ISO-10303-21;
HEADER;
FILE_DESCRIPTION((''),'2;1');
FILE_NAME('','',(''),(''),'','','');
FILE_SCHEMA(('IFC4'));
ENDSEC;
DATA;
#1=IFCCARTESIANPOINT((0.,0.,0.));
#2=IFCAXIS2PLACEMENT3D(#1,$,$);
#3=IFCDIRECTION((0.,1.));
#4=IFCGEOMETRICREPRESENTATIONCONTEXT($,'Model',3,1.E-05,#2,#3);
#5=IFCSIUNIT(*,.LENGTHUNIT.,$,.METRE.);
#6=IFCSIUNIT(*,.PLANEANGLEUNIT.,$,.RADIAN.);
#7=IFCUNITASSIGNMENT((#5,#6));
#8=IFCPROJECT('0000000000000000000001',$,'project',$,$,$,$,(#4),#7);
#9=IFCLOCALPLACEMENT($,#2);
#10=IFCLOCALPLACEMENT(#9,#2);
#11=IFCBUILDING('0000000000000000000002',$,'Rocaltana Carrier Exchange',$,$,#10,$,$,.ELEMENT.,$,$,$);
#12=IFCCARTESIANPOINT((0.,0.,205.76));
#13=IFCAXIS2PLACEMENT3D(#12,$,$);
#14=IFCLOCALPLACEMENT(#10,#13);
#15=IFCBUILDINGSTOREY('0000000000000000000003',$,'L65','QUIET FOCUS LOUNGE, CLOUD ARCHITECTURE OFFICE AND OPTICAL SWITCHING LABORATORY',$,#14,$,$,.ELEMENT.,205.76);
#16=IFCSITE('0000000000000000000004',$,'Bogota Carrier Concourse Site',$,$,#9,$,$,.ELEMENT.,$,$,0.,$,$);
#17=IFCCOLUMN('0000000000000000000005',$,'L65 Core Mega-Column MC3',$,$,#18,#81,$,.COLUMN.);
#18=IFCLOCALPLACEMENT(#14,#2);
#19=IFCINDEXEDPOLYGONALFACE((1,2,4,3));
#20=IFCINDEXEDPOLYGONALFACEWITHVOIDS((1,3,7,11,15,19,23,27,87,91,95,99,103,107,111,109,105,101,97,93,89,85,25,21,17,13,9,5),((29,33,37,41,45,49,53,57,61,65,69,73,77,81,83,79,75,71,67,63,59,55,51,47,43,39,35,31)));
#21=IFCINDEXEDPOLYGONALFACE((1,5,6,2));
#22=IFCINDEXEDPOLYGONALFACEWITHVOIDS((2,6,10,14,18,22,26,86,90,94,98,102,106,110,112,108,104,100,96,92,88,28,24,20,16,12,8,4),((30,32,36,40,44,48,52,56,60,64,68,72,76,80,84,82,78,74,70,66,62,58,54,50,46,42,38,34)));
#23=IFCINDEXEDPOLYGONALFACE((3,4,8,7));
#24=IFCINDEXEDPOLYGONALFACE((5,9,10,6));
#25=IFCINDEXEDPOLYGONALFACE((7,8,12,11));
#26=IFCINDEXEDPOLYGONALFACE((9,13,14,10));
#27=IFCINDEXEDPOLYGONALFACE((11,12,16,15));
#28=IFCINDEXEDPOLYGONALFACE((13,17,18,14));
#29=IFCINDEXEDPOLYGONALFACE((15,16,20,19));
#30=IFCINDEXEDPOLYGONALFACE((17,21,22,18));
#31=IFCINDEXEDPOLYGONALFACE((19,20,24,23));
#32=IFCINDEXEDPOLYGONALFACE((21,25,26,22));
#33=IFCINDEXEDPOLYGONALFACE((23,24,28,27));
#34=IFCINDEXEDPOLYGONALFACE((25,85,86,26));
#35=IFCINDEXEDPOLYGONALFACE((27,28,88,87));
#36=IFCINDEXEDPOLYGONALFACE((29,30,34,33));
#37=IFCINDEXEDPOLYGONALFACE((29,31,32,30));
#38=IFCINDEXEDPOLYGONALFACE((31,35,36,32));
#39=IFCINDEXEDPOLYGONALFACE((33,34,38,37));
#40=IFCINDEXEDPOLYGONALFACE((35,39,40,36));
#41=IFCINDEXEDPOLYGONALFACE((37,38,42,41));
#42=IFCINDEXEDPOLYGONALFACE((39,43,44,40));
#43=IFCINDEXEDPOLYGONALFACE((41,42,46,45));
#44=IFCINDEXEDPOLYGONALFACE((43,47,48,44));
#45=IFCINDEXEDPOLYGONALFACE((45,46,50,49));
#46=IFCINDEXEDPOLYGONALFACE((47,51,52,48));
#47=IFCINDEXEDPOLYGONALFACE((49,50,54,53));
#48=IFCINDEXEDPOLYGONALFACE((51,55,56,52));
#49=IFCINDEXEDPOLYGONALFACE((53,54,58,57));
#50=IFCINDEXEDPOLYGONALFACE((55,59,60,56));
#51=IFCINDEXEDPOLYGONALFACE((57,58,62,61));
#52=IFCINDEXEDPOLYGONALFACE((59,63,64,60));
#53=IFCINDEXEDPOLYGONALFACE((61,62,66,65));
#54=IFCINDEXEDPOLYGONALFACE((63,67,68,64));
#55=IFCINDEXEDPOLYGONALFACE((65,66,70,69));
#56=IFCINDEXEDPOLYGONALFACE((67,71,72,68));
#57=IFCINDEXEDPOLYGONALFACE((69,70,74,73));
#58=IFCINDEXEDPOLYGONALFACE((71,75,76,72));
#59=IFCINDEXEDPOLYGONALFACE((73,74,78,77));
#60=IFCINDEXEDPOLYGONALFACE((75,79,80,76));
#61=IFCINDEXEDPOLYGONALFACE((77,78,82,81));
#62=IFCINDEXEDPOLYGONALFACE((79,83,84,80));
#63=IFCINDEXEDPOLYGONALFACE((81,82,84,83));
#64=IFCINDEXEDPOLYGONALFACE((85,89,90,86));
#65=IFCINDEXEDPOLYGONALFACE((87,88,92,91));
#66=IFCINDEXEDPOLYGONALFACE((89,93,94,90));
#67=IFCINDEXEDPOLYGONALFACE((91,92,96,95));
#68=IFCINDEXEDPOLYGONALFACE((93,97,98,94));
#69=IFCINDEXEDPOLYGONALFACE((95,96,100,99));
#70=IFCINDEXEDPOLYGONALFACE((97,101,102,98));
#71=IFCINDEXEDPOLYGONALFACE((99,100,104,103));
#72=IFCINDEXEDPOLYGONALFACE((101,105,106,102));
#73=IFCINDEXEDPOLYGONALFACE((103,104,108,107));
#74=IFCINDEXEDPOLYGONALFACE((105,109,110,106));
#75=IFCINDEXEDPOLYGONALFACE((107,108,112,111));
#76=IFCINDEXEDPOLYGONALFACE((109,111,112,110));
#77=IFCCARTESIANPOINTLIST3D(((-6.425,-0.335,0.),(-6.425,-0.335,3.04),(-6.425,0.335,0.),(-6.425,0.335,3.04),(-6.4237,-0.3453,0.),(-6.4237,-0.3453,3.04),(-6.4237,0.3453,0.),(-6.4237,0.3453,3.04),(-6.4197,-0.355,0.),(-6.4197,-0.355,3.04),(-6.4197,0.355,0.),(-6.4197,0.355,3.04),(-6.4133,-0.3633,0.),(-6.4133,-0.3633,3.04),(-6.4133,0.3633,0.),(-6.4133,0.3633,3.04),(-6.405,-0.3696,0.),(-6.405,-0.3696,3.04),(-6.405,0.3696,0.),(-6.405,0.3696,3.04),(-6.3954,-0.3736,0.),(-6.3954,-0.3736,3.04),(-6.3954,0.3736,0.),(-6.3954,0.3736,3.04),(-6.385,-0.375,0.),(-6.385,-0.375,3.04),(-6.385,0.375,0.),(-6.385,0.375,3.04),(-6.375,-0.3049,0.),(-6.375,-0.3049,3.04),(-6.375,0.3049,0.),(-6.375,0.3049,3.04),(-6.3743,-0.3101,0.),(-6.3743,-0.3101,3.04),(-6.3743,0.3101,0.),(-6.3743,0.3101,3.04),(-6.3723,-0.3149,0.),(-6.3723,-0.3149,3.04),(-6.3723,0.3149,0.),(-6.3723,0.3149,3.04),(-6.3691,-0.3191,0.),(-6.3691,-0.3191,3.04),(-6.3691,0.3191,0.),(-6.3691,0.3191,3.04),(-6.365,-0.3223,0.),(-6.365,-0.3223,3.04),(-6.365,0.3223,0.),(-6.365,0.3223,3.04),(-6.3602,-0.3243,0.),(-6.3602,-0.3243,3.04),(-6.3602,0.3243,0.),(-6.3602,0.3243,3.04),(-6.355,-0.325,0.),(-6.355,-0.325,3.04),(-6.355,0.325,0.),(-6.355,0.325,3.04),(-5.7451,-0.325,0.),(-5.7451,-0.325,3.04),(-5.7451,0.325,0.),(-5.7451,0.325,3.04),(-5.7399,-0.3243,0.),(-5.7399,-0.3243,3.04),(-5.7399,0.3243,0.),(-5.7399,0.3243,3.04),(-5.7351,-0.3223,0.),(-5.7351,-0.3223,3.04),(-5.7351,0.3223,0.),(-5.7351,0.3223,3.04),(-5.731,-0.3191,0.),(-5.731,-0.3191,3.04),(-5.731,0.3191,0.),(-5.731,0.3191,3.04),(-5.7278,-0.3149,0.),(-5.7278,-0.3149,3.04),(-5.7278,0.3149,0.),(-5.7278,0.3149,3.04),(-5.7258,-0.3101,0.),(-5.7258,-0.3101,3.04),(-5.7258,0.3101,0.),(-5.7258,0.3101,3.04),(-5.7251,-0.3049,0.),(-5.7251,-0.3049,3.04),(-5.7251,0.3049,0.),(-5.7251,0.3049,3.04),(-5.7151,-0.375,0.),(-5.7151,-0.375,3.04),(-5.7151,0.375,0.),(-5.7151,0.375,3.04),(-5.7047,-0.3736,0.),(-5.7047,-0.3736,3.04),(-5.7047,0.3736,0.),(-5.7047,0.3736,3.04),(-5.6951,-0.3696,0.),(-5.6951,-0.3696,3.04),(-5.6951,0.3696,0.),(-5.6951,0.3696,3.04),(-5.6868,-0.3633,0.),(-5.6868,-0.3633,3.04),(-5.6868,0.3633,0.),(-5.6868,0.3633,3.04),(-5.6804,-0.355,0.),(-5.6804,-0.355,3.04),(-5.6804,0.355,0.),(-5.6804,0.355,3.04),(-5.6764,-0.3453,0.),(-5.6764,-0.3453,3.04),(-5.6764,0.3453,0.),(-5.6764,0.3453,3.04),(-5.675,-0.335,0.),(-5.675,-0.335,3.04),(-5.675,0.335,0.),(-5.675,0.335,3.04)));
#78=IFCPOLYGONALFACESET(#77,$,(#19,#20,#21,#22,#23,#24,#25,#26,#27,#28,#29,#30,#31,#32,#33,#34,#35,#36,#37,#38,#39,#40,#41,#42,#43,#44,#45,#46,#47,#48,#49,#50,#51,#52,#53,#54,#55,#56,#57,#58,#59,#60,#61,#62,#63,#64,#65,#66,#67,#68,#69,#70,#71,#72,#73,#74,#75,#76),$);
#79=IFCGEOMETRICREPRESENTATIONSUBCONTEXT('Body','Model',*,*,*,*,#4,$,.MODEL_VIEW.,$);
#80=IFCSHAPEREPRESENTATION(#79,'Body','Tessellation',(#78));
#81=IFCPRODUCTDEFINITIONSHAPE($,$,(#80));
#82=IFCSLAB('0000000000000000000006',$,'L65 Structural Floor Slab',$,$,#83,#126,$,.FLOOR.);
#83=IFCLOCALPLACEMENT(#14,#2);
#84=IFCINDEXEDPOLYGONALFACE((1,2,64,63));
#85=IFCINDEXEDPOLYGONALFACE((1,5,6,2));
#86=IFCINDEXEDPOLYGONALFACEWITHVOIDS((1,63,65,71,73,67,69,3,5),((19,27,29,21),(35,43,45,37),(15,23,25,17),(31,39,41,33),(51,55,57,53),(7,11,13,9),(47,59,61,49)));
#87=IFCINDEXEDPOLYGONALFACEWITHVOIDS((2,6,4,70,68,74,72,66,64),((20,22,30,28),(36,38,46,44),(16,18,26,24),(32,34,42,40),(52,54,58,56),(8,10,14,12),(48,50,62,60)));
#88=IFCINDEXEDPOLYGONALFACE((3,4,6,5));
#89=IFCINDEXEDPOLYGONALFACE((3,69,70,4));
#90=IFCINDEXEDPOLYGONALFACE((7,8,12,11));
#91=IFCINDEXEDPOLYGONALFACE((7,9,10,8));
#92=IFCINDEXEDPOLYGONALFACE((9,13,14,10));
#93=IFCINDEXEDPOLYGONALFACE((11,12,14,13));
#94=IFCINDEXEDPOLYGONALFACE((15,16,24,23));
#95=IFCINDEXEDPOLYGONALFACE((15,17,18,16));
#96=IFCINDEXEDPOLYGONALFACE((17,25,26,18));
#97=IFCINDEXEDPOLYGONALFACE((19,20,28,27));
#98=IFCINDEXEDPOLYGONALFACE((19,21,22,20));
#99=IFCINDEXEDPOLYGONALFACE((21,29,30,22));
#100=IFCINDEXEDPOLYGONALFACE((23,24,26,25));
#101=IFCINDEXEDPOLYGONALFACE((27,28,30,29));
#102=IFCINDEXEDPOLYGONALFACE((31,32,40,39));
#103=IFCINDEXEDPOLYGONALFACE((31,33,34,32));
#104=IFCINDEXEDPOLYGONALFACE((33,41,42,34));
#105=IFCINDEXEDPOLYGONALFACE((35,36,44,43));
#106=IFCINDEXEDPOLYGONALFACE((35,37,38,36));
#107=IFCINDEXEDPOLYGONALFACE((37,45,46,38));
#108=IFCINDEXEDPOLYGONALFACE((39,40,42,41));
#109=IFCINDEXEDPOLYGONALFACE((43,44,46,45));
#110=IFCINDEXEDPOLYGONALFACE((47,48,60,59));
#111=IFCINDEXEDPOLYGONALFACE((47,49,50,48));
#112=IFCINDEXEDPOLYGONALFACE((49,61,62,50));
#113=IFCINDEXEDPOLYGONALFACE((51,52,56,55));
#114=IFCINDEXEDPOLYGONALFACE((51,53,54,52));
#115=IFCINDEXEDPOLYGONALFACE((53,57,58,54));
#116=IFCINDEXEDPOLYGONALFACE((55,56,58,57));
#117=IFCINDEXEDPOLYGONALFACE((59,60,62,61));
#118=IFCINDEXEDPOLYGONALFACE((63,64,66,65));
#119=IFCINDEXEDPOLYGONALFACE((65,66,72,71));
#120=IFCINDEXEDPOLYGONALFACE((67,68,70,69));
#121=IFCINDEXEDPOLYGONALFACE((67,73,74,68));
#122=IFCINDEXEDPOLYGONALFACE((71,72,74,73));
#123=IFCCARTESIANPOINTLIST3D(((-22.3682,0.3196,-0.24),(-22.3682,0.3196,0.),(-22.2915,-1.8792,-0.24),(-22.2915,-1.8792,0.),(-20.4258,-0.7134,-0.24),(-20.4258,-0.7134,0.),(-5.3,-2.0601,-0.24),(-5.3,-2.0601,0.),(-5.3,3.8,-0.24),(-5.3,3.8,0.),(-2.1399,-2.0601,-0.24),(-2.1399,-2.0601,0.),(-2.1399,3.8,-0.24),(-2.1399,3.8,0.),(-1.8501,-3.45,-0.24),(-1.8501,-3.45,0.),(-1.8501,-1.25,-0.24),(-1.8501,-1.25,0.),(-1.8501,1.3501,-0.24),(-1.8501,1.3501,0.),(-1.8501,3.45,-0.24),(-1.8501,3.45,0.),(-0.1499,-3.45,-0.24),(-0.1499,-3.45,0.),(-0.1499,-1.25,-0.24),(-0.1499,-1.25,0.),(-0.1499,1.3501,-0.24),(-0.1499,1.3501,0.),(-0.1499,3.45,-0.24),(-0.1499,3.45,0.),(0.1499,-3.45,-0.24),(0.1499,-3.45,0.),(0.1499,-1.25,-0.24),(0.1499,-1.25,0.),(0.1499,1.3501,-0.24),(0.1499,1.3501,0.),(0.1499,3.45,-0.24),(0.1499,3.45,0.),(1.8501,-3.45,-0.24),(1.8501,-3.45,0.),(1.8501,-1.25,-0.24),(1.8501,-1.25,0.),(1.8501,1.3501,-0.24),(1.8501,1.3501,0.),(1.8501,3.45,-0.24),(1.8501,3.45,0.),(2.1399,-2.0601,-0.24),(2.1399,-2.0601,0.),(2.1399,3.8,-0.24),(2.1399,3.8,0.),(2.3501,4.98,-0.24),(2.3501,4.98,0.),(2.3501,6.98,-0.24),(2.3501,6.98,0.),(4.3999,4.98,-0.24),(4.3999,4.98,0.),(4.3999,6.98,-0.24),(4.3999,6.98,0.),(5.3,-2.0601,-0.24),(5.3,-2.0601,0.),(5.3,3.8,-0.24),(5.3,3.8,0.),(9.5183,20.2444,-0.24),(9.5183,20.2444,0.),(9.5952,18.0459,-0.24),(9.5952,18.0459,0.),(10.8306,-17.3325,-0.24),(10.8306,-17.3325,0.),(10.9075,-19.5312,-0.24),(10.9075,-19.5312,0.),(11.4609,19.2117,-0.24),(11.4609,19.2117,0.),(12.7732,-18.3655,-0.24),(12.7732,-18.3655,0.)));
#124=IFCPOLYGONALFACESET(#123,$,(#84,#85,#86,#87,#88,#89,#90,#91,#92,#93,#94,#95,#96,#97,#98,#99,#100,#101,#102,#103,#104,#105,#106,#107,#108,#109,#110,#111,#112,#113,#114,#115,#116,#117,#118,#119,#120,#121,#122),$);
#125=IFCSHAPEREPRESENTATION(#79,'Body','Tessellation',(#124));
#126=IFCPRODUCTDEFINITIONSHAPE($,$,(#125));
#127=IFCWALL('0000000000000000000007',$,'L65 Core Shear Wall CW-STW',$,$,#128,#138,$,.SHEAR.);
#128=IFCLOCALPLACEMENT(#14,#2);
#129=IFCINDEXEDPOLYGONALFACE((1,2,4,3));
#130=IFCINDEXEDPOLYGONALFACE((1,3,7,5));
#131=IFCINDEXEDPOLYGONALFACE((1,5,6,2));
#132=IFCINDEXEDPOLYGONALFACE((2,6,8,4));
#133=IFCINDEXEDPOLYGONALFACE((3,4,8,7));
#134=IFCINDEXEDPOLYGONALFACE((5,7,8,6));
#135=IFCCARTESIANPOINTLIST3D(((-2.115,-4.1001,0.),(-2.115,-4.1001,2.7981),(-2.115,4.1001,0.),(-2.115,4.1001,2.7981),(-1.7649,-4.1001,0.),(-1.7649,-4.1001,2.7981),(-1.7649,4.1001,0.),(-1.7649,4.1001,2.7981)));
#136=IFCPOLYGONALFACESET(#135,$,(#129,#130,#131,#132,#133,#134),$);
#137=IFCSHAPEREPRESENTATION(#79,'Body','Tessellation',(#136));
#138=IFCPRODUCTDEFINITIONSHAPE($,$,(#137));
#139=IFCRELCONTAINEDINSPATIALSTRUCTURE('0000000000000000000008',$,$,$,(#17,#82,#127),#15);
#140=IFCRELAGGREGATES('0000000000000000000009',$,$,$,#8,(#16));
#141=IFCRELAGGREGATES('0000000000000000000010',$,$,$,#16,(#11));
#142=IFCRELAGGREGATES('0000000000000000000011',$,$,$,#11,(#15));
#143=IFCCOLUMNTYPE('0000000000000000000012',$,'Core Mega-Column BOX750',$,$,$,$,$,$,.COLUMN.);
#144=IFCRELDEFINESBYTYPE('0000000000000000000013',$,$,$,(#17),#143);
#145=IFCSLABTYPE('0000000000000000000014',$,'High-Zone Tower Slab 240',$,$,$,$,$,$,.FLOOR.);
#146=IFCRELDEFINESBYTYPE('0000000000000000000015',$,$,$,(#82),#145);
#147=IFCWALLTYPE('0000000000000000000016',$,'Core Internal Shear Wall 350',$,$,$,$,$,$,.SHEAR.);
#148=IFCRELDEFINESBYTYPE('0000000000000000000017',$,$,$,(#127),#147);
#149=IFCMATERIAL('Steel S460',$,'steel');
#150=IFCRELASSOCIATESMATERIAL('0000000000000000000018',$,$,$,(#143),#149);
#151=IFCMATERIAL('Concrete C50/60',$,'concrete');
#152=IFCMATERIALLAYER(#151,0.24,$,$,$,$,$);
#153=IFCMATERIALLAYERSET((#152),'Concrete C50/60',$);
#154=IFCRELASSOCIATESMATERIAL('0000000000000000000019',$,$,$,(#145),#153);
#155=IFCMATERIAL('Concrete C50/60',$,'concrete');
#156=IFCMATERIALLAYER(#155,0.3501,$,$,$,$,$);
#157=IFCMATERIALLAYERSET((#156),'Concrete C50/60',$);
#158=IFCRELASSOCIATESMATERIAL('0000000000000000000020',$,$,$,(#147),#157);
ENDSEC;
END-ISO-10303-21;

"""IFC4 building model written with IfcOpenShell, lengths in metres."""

from ifc_helpers import new_model, si_unit, direction, frame, frame_2d, origin, origin_2d, place, context, subcontext, project, spatial, polyline, rectangle, hollow_rectangle, outline, extrude, material, layer, layer_set, material_profile, profile_set, type_object, element, save


model = new_model("IFC4")

# Units and contexts
model_context = context("Model", 3, precision=1e-05, world=origin(), true_north=direction((0.0, 1.0)))
body_context = subcontext(model_context, "Body", "Model", "MODEL_VIEW")
ifc_project = project(units=[si_unit("LENGTHUNIT", "METRE"), si_unit("PLANEANGLEUNIT", "RADIAN")], contexts=[model_context])

# Site, building, storey
site_placement = place(None, origin())
site = spatial("IfcSite", under=ifc_project, at=site_placement, Name="Bogota Carrier Concourse Site", CompositionType="ELEMENT", RefElevation=0.0)
building_placement = place(site_placement, origin())
building = spatial("IfcBuilding", under=site, at=building_placement, Name="Rocaltana Carrier Exchange", CompositionType="ELEMENT")
storey_placement = place(building_placement, frame((0.0, 0.0, 205.76)))
storey = spatial("IfcBuildingStorey", under=building, at=storey_placement, Name="L65", Description="QUIET FOCUS LOUNGE, CLOUD ARCHITECTURE OFFICE AND OPTICAL SWITCHING LABORATORY", CompositionType="ELEMENT", Elevation=205.76)

# Column
ifc_material_1 = material(Name="Steel S460", Category="steel")
ifc_material_profile = material_profile(ifc_material_1, hollow_rectangle(XDim=0.75, YDim=0.75, WallThickness=0.05, InnerFilletRadius=0.02, OuterFilletRadius=0.04, at=origin_2d()), Name="BOX750X750X50")
ifc_profile_set = profile_set([ifc_material_profile], Name="Steel S460")
column_type = type_object("IfcColumnType", Name="Core Mega-Column BOX750", PredefinedType="COLUMN", material=ifc_profile_set)
column_placement = place(storey_placement, frame((-6.05, 0.0, 0.0), z_axis=(0.0, 0.0, 1.0), x_axis=(1.0, 0.0, 0.0)))
element("IfcColumn", 1, at=column_placement, inside=storey, type_object=column_type, Name="L65 Core Mega-Column MC3", PredefinedType="COLUMN", context=body_context, shape_type="SweptSolid", body=[
    extrude(hollow_rectangle(XDim=0.75, YDim=0.75, WallThickness=0.05, InnerFilletRadius=0.02, OuterFilletRadius=0.04, at=origin_2d()), origin(), (0.0, 0.0, 1.0), 3.04),
])

# Slab
ifc_material_2 = material(Name="Concrete C50/60", Category="concrete")
ifc_layer_1 = layer(ifc_material_2, 0.24)
ifc_layer_set_1 = layer_set([ifc_layer_1], Name="Concrete C50/60")
slab_type = type_object("IfcSlabType", Name="High-Zone Tower Slab 240", PredefinedType="FLOOR", material=ifc_layer_set_1)
slab_placement = place(storey_placement, frame((0.0, 0.0, -0.24)))
element("IfcSlab", 2, at=slab_placement, inside=storey, type_object=slab_type, Name="L65 Structural Floor Slab", PredefinedType="FLOOR", context=body_context, shape_type="SweptSolid", body=[
    extrude(outline(polyline([(10.9075, -19.5312), (10.8306, -17.3325), (12.7732, -18.3655), (11.4609, 19.2117), (9.5952, 18.0459), (9.5183, 20.2444), (-22.3682, 0.3196), (-20.4258, -0.7134), (-22.2915, -1.8792), (10.9075, -19.5312)]), holes=[polyline([(-5.3, -2.0601), (-2.1399, -2.0601), (-2.1399, 3.8), (-5.3, 3.8), (-5.3, -2.0601)]), polyline([(2.1399, -2.0601), (5.3, -2.0601), (5.3, 3.8), (2.1399, 3.8), (2.1399, -2.0601)]), polyline([(-1.8501, -3.45), (-0.1499, -3.45), (-0.1499, -1.25), (-1.8501, -1.25), (-1.8501, -3.45)]), polyline([(0.1499, -3.45), (1.8501, -3.45), (1.8501, -1.25), (0.1499, -1.25), (0.1499, -3.45)]), polyline([(2.3501, 4.98), (4.3999, 4.98), (4.3999, 6.98), (2.3501, 6.98), (2.3501, 4.98)]), polyline([(-1.8501, 1.3501), (-0.1499, 1.3501), (-0.1499, 3.45), (-1.8501, 3.45), (-1.8501, 1.3501)]), polyline([(0.1499, 1.3501), (1.8501, 1.3501), (1.8501, 3.45), (0.1499, 3.45), (0.1499, 1.3501)])]), origin(), (0.0, 0.0, 1.0), 0.24),
])

# Wall
ifc_material_3 = material(Name="Concrete C50/60", Category="concrete")
ifc_layer_2 = layer(ifc_material_3, 0.3501)
ifc_layer_set_2 = layer_set([ifc_layer_2], Name="Concrete C50/60")
wall_type_1 = type_object("IfcWallType", Name="Core Internal Shear Wall 350", PredefinedType="SHEAR", material=ifc_layer_set_2)
wall_1_placement = place(storey_placement, frame((-1.9399, -4.1001, 0.0), z_axis=(0.0, 0.0, 1.0), x_axis=(0.0, 1.0, 0.0)))
element("IfcWall", 3, at=wall_1_placement, inside=storey, type_object=wall_type_1, Name="L65 Core Shear Wall CW-STW", PredefinedType="SHEAR", context=body_context, shape_type="SweptSolid", body=[
    extrude(rectangle(XDim=8.2002, YDim=0.3501, at=frame_2d((4.1001, 0.0))), origin(), (0.0, 0.0, 1.0), 2.7981),
])

save(model, "model.ifc")
